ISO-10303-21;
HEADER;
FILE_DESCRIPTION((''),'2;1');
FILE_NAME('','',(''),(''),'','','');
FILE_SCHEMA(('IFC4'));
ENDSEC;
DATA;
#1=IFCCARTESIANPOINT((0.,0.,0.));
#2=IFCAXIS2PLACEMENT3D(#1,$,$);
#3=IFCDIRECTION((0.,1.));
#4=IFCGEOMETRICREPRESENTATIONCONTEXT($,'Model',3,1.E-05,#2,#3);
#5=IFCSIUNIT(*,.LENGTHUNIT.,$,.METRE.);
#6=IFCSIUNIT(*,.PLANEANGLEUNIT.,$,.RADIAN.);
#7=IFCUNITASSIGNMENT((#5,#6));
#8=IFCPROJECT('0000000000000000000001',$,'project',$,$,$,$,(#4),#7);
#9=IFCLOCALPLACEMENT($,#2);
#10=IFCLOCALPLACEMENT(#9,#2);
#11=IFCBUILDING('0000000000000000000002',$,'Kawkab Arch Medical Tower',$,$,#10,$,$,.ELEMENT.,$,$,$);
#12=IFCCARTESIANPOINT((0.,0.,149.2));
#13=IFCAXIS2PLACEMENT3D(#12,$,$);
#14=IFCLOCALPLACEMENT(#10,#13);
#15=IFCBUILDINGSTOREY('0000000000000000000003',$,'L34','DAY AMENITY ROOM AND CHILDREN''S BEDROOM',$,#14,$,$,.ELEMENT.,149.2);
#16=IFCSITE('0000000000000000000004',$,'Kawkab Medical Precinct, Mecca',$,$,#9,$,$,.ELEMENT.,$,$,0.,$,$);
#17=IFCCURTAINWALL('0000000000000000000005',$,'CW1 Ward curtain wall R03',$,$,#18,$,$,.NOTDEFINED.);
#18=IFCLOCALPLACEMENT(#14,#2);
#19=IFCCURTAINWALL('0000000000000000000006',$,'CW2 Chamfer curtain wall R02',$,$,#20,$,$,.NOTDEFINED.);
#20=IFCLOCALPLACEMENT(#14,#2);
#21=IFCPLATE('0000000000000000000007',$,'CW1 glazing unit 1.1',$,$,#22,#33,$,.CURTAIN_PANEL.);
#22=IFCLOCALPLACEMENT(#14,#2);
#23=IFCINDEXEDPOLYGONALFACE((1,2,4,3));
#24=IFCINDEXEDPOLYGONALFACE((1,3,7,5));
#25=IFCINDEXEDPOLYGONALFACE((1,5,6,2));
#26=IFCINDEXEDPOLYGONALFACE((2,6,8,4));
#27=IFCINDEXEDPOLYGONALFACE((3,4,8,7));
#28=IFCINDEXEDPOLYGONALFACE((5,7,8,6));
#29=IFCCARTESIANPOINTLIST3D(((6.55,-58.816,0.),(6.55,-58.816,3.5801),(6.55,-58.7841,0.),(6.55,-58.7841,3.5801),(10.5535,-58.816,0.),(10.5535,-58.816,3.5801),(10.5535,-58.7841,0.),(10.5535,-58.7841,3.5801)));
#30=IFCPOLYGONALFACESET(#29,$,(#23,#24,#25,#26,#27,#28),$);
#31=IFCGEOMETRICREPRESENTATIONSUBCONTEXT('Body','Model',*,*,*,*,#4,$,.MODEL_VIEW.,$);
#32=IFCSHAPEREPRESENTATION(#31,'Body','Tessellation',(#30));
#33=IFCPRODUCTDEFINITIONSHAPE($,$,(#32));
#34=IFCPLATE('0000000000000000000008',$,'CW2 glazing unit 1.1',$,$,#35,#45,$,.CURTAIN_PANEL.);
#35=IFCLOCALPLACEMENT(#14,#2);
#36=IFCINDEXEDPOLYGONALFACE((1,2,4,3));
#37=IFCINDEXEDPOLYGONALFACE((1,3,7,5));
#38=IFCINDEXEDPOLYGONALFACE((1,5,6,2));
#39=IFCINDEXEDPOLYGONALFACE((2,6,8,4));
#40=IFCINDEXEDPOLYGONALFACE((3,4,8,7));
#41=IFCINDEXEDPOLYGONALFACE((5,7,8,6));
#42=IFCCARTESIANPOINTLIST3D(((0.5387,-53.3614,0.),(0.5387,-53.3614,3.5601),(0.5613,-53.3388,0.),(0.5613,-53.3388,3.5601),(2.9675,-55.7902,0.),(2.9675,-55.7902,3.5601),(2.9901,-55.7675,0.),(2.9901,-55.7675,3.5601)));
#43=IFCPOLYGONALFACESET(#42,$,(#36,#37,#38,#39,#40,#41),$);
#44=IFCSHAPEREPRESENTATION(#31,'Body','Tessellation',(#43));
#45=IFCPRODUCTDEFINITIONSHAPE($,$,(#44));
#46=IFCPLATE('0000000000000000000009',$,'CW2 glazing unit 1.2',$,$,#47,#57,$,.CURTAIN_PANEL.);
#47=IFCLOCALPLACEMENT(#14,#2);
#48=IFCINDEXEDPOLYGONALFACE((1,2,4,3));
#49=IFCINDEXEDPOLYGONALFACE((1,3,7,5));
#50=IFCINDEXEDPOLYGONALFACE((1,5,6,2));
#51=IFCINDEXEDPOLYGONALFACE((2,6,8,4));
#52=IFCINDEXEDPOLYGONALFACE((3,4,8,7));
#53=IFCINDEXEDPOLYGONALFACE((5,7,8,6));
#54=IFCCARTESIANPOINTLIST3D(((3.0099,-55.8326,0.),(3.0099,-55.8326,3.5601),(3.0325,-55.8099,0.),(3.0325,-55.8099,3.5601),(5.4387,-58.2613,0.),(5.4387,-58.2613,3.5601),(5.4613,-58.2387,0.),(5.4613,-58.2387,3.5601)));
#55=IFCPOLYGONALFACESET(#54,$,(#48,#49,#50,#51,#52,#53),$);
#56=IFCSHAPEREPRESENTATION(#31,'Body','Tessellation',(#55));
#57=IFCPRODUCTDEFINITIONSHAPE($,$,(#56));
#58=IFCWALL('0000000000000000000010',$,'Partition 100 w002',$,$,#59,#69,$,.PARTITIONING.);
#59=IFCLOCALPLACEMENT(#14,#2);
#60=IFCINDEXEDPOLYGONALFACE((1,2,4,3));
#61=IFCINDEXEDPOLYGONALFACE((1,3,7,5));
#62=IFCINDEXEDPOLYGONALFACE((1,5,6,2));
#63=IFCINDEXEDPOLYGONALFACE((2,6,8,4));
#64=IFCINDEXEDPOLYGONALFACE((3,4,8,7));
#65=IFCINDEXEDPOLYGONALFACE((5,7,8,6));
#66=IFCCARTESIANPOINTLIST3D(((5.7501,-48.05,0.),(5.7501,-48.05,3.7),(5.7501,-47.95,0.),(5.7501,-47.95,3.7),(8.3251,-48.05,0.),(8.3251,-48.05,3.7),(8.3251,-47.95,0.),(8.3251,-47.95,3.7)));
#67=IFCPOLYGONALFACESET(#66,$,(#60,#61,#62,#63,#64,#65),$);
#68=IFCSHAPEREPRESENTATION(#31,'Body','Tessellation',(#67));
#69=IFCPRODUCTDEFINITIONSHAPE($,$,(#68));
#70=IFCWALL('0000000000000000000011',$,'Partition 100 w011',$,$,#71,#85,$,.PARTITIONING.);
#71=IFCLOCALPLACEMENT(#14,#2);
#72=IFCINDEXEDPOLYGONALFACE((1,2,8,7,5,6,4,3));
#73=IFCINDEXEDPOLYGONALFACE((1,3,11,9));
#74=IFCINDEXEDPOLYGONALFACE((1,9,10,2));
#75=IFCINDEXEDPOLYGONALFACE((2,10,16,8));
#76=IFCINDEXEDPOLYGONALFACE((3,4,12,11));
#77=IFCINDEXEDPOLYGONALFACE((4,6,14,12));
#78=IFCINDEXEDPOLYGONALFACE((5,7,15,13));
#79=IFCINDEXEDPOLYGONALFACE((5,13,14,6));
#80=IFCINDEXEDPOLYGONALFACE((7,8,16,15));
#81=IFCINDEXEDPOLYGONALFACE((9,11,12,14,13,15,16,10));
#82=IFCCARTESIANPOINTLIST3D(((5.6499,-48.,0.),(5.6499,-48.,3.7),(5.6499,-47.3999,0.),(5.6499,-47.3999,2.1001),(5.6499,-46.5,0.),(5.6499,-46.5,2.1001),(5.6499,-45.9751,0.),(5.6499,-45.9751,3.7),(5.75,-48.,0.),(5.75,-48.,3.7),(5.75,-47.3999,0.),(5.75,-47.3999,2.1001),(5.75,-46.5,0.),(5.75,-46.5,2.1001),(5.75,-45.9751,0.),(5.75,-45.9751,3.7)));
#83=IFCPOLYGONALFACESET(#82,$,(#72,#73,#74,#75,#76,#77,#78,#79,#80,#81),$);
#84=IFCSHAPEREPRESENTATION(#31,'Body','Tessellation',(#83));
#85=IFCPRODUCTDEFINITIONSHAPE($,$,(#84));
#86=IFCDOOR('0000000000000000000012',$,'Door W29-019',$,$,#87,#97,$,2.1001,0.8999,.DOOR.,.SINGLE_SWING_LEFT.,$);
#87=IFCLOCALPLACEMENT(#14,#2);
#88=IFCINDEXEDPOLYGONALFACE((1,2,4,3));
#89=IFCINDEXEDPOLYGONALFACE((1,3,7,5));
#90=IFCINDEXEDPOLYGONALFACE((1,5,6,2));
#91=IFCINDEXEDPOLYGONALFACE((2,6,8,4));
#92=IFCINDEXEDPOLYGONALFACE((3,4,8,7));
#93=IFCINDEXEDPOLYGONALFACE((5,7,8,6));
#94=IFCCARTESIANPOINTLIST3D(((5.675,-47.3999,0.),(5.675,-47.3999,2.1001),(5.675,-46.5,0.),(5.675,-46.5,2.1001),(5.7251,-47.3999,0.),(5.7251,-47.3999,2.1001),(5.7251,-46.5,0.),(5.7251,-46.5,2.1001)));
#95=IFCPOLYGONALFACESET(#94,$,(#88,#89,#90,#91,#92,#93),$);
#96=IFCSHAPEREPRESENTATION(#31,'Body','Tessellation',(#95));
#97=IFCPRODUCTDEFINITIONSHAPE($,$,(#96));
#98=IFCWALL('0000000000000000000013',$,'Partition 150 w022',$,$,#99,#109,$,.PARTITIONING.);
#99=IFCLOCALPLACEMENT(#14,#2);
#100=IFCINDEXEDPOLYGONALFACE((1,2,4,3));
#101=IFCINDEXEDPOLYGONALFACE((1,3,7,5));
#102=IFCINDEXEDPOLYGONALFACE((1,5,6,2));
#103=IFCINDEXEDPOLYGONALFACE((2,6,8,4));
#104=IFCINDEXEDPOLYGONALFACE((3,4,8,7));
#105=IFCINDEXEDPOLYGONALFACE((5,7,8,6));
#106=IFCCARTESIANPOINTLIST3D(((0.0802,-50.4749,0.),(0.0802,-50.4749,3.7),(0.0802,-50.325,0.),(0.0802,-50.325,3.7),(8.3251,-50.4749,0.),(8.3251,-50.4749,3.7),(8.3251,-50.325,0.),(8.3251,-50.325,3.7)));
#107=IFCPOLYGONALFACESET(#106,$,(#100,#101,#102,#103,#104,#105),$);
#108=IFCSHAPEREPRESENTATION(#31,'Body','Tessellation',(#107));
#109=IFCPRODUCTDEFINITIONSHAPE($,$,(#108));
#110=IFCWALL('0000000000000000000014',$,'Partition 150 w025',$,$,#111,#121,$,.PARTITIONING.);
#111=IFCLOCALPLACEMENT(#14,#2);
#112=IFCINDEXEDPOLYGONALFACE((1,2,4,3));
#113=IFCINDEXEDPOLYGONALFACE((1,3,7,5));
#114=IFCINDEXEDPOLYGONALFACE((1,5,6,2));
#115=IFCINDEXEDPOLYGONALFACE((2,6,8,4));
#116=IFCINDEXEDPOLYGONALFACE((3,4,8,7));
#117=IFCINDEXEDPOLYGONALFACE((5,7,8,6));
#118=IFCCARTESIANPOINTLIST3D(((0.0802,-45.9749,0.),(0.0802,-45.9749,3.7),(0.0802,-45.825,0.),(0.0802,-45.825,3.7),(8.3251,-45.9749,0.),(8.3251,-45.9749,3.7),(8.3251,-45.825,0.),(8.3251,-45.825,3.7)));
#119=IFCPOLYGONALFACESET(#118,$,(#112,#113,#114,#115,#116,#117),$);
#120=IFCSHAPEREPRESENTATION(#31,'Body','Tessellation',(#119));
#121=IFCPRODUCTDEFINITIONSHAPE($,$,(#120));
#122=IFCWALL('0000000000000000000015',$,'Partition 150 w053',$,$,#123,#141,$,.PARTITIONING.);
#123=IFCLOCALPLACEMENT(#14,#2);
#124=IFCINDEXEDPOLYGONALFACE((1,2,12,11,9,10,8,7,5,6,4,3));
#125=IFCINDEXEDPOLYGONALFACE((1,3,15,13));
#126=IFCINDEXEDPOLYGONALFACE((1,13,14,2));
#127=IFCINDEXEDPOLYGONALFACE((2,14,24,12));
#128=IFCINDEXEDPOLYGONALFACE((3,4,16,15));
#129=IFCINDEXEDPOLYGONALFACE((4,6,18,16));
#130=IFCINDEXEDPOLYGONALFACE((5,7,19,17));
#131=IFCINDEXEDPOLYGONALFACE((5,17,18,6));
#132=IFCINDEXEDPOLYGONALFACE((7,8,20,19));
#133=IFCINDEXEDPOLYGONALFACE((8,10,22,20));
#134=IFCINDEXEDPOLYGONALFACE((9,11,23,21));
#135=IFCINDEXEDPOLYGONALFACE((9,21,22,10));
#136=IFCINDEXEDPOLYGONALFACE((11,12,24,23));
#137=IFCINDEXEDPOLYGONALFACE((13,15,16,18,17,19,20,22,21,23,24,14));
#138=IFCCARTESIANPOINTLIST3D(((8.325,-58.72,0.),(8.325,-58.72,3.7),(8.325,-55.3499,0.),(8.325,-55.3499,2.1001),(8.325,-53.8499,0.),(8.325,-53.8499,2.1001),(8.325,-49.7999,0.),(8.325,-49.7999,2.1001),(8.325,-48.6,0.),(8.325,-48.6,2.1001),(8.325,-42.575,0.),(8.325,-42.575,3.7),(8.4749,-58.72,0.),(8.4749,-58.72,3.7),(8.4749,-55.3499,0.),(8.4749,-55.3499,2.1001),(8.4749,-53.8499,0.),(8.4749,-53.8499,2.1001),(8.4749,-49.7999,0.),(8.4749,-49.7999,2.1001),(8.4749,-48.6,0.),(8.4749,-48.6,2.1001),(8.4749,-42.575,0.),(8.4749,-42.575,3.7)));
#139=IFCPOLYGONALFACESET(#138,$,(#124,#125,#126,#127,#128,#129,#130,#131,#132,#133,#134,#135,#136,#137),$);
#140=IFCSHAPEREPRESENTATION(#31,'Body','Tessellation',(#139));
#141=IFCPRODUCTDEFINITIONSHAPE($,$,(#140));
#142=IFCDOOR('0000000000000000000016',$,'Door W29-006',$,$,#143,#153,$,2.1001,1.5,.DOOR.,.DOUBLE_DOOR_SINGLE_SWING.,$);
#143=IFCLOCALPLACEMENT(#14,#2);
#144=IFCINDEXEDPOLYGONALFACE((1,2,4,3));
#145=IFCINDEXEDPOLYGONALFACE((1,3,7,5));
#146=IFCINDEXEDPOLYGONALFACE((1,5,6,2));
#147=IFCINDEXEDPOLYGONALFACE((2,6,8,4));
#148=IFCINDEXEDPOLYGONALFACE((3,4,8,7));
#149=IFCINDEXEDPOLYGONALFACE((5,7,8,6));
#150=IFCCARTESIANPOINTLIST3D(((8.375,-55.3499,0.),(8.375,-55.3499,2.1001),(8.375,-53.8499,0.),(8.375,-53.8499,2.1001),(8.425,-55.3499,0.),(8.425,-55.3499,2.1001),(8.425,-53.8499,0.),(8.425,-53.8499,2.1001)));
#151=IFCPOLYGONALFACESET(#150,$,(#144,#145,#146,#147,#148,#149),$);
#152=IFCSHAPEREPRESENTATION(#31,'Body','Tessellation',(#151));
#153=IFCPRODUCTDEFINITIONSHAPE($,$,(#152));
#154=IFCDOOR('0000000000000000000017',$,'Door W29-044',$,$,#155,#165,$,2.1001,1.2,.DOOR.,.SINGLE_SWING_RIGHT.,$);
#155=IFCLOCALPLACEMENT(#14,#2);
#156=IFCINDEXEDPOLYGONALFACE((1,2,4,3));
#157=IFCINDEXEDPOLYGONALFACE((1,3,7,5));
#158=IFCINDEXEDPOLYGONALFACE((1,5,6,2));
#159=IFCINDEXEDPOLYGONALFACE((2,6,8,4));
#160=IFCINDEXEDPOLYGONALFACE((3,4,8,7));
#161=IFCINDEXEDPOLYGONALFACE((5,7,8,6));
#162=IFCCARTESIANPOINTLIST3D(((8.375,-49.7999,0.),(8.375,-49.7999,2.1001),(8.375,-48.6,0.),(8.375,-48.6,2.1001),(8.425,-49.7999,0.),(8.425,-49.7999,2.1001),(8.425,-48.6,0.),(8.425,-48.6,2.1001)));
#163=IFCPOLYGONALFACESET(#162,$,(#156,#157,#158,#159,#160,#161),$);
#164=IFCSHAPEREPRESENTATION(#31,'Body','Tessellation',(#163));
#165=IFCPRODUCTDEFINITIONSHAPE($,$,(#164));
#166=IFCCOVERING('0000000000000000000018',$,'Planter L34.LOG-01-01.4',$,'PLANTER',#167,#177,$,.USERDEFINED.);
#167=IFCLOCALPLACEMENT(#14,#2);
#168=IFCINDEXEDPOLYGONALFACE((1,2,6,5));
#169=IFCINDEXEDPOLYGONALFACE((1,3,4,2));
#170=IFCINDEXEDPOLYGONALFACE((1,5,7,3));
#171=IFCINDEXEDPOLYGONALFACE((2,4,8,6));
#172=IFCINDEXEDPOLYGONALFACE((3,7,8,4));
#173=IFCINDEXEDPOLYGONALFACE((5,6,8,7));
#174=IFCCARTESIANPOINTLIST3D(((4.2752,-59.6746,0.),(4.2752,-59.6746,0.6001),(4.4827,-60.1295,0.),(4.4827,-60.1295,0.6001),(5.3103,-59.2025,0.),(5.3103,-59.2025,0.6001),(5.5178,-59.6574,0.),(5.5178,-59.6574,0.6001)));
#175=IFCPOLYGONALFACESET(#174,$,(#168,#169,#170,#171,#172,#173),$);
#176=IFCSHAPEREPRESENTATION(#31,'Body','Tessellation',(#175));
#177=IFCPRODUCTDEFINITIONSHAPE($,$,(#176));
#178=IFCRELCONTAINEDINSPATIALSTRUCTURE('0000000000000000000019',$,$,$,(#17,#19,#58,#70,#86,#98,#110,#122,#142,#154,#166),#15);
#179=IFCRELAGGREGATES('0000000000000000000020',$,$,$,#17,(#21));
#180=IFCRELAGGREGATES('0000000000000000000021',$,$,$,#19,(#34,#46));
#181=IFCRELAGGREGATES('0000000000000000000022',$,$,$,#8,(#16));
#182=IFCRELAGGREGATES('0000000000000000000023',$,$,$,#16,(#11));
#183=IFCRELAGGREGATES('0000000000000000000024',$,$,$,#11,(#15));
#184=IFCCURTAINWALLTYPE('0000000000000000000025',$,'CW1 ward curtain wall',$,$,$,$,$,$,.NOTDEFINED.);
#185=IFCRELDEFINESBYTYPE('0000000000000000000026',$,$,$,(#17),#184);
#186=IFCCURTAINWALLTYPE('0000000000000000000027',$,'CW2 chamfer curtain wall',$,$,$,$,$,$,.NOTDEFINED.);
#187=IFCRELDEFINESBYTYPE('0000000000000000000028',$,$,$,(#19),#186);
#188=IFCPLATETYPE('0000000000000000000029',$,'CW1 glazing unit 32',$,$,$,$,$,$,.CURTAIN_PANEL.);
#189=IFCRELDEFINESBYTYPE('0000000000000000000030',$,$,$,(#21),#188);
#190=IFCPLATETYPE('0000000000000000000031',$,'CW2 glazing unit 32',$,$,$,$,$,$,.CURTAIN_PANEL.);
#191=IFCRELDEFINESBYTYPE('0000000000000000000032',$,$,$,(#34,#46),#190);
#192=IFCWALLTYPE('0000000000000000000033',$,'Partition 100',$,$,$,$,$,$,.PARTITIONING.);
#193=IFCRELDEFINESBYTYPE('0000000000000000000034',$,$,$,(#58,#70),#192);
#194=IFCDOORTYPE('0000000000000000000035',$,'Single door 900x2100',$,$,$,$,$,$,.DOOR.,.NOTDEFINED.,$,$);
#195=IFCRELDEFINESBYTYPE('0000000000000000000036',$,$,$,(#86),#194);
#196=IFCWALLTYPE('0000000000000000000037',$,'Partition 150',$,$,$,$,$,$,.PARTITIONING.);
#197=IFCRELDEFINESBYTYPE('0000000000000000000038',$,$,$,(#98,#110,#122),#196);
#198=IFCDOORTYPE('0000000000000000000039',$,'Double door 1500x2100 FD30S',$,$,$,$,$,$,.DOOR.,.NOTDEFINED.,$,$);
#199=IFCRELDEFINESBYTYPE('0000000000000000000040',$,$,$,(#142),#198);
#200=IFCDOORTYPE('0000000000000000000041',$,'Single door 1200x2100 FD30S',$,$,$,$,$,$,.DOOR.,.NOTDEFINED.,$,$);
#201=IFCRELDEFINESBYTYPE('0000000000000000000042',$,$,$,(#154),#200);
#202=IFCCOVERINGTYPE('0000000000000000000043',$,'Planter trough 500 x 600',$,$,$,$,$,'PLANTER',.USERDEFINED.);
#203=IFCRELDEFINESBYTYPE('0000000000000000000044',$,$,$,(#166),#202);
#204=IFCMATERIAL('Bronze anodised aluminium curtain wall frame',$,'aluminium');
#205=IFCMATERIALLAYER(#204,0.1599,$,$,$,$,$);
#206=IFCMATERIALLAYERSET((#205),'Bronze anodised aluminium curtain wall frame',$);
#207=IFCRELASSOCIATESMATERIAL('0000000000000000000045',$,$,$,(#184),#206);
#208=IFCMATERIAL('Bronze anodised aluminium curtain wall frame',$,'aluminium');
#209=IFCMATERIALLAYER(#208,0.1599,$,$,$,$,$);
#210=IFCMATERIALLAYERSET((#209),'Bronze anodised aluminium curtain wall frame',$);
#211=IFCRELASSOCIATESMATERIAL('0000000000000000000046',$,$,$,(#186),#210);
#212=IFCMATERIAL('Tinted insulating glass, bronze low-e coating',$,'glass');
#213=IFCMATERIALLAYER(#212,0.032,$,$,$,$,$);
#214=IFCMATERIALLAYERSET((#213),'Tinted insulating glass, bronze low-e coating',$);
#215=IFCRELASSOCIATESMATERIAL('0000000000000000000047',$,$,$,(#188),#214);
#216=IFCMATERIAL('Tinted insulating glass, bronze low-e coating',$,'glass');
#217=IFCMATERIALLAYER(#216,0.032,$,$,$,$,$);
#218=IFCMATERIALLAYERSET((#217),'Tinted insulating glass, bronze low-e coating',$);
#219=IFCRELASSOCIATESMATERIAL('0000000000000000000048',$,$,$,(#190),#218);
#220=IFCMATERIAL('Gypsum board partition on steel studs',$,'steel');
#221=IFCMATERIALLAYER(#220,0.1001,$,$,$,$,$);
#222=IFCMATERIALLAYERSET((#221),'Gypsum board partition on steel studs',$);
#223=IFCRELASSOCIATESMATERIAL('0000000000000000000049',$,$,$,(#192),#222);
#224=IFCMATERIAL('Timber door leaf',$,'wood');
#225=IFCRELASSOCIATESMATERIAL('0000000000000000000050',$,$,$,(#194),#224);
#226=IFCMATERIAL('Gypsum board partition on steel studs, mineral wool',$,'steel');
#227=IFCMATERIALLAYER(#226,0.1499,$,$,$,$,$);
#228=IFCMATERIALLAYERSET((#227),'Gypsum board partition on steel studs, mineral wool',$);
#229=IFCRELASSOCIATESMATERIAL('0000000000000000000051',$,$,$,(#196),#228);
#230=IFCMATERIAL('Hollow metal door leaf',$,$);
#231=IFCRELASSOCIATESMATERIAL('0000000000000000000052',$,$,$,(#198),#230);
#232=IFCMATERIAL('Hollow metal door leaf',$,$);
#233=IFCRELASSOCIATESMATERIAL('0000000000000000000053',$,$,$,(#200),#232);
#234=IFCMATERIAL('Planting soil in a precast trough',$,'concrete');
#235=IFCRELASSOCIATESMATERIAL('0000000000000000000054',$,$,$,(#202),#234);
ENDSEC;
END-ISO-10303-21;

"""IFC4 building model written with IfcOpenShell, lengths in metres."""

from ifc_helpers import new_model, si_unit, direction, frame, frame_2d, origin, origin_2d, place, context, subcontext, project, spatial, rectangle, extrude, material, layer, layer_set, material_profile, profile_set, type_object, element, fill, aggregate, save


model = new_model("IFC4")

# Units and contexts
model_context = context("Model", 3, precision=1e-05, world=origin(), true_north=direction((0.0, 1.0)))
body_context = subcontext(model_context, "Body", "Model", "MODEL_VIEW")
ifc_project = project(units=[si_unit("LENGTHUNIT", "METRE"), si_unit("PLANEANGLEUNIT", "RADIAN")], contexts=[model_context])

# Site, building, storey
site_placement = place(None, origin())
site = spatial("IfcSite", under=ifc_project, at=site_placement, Name="Kawkab Medical Precinct, Mecca", CompositionType="ELEMENT", RefElevation=0.0)
building_placement = place(site_placement, origin())
building = spatial("IfcBuilding", under=site, at=building_placement, Name="Kawkab Arch Medical Tower", CompositionType="ELEMENT")
storey_placement = place(building_placement, frame((0.0, 0.0, 149.2)))
storey = spatial("IfcBuildingStorey", under=building, at=storey_placement, Name="L34", Description="DAY AMENITY ROOM AND CHILDREN'S BEDROOM", CompositionType="ELEMENT", Elevation=149.2)

# Shared definitions
ifc_material_1 = material(Name="Bronze anodised aluminium curtain wall frame", Category="aluminium")
ifc_layer_1 = layer(ifc_material_1, 0.1599)
ifc_layer_set_1 = layer_set([ifc_layer_1], Name="Bronze anodised aluminium curtain wall frame")
curtain_wall_type_1 = type_object("IfcCurtainWallType", Name="CW1 ward curtain wall", PredefinedType="NOTDEFINED", material=ifc_layer_set_1)
placement = place(storey_placement, origin())

# Curtain wall
curtain_wall_1 = element("IfcCurtainWall", 1, at=placement, inside=storey, type_object=curtain_wall_type_1, Name="CW1 Ward curtain wall R03", PredefinedType="NOTDEFINED")

# Curtain wall
ifc_material_2 = material(Name="Bronze anodised aluminium curtain wall frame", Category="aluminium")
ifc_layer_2 = layer(ifc_material_2, 0.1599)
ifc_layer_set_2 = layer_set([ifc_layer_2], Name="Bronze anodised aluminium curtain wall frame")
curtain_wall_type_2 = type_object("IfcCurtainWallType", Name="CW2 chamfer curtain wall", PredefinedType="NOTDEFINED", material=ifc_layer_set_2)
curtain_wall_2 = element("IfcCurtainWall", 2, at=placement, inside=storey, type_object=curtain_wall_type_2, Name="CW2 Chamfer curtain wall R02", PredefinedType="NOTDEFINED")

# Plates
ifc_material_3 = material(Name="Tinted insulating glass, bronze low-e coating", Category="glass")
ifc_layer_3 = layer(ifc_material_3, 0.032)
ifc_layer_set_3 = layer_set([ifc_layer_3], Name="Tinted insulating glass, bronze low-e coating")
plate_type_1 = type_object("IfcPlateType", Name="CW1 glazing unit 32", PredefinedType="CURTAIN_PANEL", material=ifc_layer_set_3)
plate_1_placement = place(storey_placement, frame((8.5518, -58.8, 0.0), z_axis=(0.0, 0.0, 1.0), x_axis=(1.0, 0.0, 0.0)))
plate_1 = element("IfcPlate", 3, at=plate_1_placement, type_object=plate_type_1, Name="CW1 glazing unit 1.1", PredefinedType="CURTAIN_PANEL", context=body_context, shape_type="SweptSolid", body=[
    extrude(rectangle(XDim=4.0034, YDim=0.032, at=origin_2d()), origin(), (0.0, 0.0, 1.0), 3.5801),
])
aggregate(curtain_wall_1, [plate_1])
ifc_material_4 = material(Name="Tinted insulating glass, bronze low-e coating", Category="glass")
ifc_layer_4 = layer(ifc_material_4, 0.032)
ifc_layer_set_4 = layer_set([ifc_layer_4], Name="Tinted insulating glass, bronze low-e coating")
plate_type_2 = type_object("IfcPlateType", Name="CW2 glazing unit 32", PredefinedType="CURTAIN_PANEL", material=ifc_layer_set_4)
plate_2_placement = place(storey_placement, frame((1.7644, -54.5645, 0.0), z_axis=(0.0, 0.0, 1.0), x_axis=(0.707107, -0.707107, 0.0)))
plate_2 = element("IfcPlate", 4, at=plate_2_placement, type_object=plate_type_2, Name="CW2 glazing unit 1.1", PredefinedType="CURTAIN_PANEL", context=body_context, shape_type="SweptSolid", body=[
    extrude(rectangle(XDim=3.4348, YDim=0.032, at=origin_2d()), origin(), (0.0, 0.0, 1.0), 3.5601),
])
plate_3_placement = place(storey_placement, frame((4.2356, -57.0356, 0.0), z_axis=(0.0, 0.0, 1.0), x_axis=(0.707107, -0.707107, 0.0)))
plate_3 = element("IfcPlate", 5, at=plate_3_placement, type_object=plate_type_2, Name="CW2 glazing unit 1.2", PredefinedType="CURTAIN_PANEL", context=body_context, shape_type="SweptSolid", body=[
    extrude(rectangle(XDim=3.4348, YDim=0.032, at=origin_2d()), origin(), (0.0, 0.0, 1.0), 3.5601),
])
aggregate(curtain_wall_2, [plate_2, plate_3])

# Wall
ifc_material_5 = material(Name="Gypsum board partition on steel studs", Category="steel")
ifc_layer_5 = layer(ifc_material_5, 0.1001)
ifc_layer_set_5 = layer_set([ifc_layer_5], Name="Gypsum board partition on steel studs")
wall_type_1 = type_object("IfcWallType", Name="Partition 100", PredefinedType="PARTITIONING", material=ifc_layer_set_5)
wall_1_placement = place(storey_placement, frame((5.75, -48.0, 0.0), z_axis=(0.0, 0.0, 1.0), x_axis=(1.0, 0.0, 0.0)))
element("IfcWall", 6, at=wall_1_placement, inside=storey, type_object=wall_type_1, Name="Partition 100 w002", PredefinedType="PARTITIONING", context=body_context, shape_type="SweptSolid", body=[
    extrude(rectangle(XDim=2.575, YDim=0.1001, at=frame_2d((1.2876, 0.0))), origin(), (0.0, 0.0, 1.0), 3.7),
])

# Wall, opening, door
wall_2_placement = place(storey_placement, frame((5.7, -48.0, 0.0), z_axis=(0.0, 0.0, 1.0), x_axis=(0.0, 1.0, 0.0)))
wall_2 = element("IfcWall", 7, at=wall_2_placement, inside=storey, type_object=wall_type_1, Name="Partition 100 w011", PredefinedType="PARTITIONING", context=body_context, shape_type="SweptSolid", body=[
    extrude(rectangle(XDim=2.0249, YDim=0.1001, at=frame_2d((1.0125, 0.0))), origin(), (0.0, 0.0, 1.0), 3.7),
])
opening_1_placement = place(wall_2_placement, frame((0.6001, 0.0, 0.0)))
opening_1 = element("IfcOpeningElement", 8, at=opening_1_placement, cuts=wall_2, PredefinedType="OPENING", context=body_context, shape_type="SweptSolid", body=[
    extrude(rectangle(XDim=0.8999, YDim=2.1001, at=frame_2d((0.45, 1.05))), frame((0.0, 0.0601, 0.0), z_axis=(0.0, -1.0, 0.0), x_axis=(1.0, 0.0, 0.0)), (0.0, 0.0, 1.0), 0.1201),
])
ifc_material_6 = material(Name="Timber door leaf", Category="wood")
door_type_1 = type_object("IfcDoorType", Name="Single door 900x2100", OperationType="NOTDEFINED", PredefinedType="DOOR", material=ifc_material_6)
door_1_placement = place(opening_1_placement, origin())
door_1 = element("IfcDoor", 9, at=door_1_placement, inside=storey, type_object=door_type_1, Name="Door W29-019", OperationType="SINGLE_SWING_LEFT", OverallHeight=2.1001, OverallWidth=0.8999, PredefinedType="DOOR", context=body_context, shape_type="SweptSolid", body=[
    extrude(rectangle(XDim=0.8999, YDim=2.1001, at=frame_2d((0.45, 1.05))), frame((0.0, 0.0249, 0.0), z_axis=(0.0, -1.0, 0.0), x_axis=(1.0, 0.0, 0.0)), (0.0, 0.0, 1.0), 0.05),
])
fill(opening_1, door_1)

# Walls
ifc_material_7 = material(Name="Gypsum board partition on steel studs, mineral wool", Category="steel")
ifc_layer_6 = layer(ifc_material_7, 0.1499)
ifc_layer_set_6 = layer_set([ifc_layer_6], Name="Gypsum board partition on steel studs, mineral wool")
wall_type_2 = type_object("IfcWallType", Name="Partition 150", PredefinedType="PARTITIONING", material=ifc_layer_set_6)
for number, where, z_axis, x_axis, name in (
    (10, (0.0801, -50.3999, 0.0), (0.0, 0.0, 1.0), (1.0, 0.0, 0.0), "Partition 150 w022"),
    (11, (0.0801, -45.8999, 0.0), (0.0, 0.0, 1.0), (1.0, 0.0, 0.0), "Partition 150 w025"),
):
    element("IfcWall", number, at=place(storey_placement, frame(where, z_axis=z_axis, x_axis=x_axis)), inside=storey, type_object=wall_type_2, Name=name, PredefinedType="PARTITIONING", context=body_context, shape_type="SweptSolid", body=[
        extrude(rectangle(XDim=8.2449, YDim=0.1499, at=frame_2d((4.1226, 0.0))), origin(), (0.0, 0.0, 1.0), 3.7),
    ])

# Wall, openings, doors
wall_3_placement = place(storey_placement, frame((8.3999, -58.72, 0.0), z_axis=(0.0, 0.0, 1.0), x_axis=(0.0, 1.0, 0.0)))
wall_3 = element("IfcWall", 12, at=wall_3_placement, inside=storey, type_object=wall_type_2, Name="Partition 150 w053", PredefinedType="PARTITIONING", context=body_context, shape_type="SweptSolid", body=[
    extrude(rectangle(XDim=16.145, YDim=0.1499, at=frame_2d((8.0725, 0.0))), origin(), (0.0, 0.0, 1.0), 3.7),
])
opening_2_placement = place(wall_3_placement, frame((8.9199, 0.0, 0.0)))
opening_2 = element("IfcOpeningElement", 13, at=opening_2_placement, cuts=wall_3, PredefinedType="OPENING", context=body_context, shape_type="SweptSolid", body=[
    extrude(rectangle(XDim=1.2, YDim=2.1001, at=frame_2d((0.6001, 1.05))), frame((0.0, 0.085, 0.0), z_axis=(0.0, -1.0, 0.0), x_axis=(1.0, 0.0, 0.0)), (0.0, 0.0, 1.0), 0.1699),
])
opening_3_placement = place(wall_3_placement, frame((3.3701, 0.0, 0.0)))
opening_3 = element("IfcOpeningElement", 14, at=opening_3_placement, cuts=wall_3, PredefinedType="OPENING", context=body_context, shape_type="SweptSolid", body=[
    extrude(rectangle(XDim=1.5, YDim=2.1001, at=frame_2d((0.75, 1.05))), frame((0.0, 0.085, 0.0), z_axis=(0.0, -1.0, 0.0), x_axis=(1.0, 0.0, 0.0)), (0.0, 0.0, 1.0), 0.1699),
])
ifc_material_8 = material(Name="Hollow metal door leaf")
door_type_2 = type_object("IfcDoorType", Name="Double door 1500x2100 FD30S", OperationType="NOTDEFINED", PredefinedType="DOOR", material=ifc_material_8)
door_2_placement = place(opening_3_placement, origin())
door_2 = element("IfcDoor", 15, at=door_2_placement, inside=storey, type_object=door_type_2, Name="Door W29-006", OperationType="DOUBLE_DOOR_SINGLE_SWING", OverallHeight=2.1001, OverallWidth=1.5, PredefinedType="DOOR", context=body_context, shape_type="SweptSolid", body=[
    extrude(rectangle(XDim=1.5, YDim=2.1001, at=frame_2d((0.75, 1.05))), frame((0.0, 0.0249, 0.0), z_axis=(0.0, -1.0, 0.0), x_axis=(1.0, 0.0, 0.0)), (0.0, 0.0, 1.0), 0.05),
])
fill(opening_3, door_2)
ifc_material_9 = material(Name="Hollow metal door leaf")
door_type_3 = type_object("IfcDoorType", Name="Single door 1200x2100 FD30S", OperationType="NOTDEFINED", PredefinedType="DOOR", material=ifc_material_9)
door_3_placement = place(opening_2_placement, origin())
door_3 = element("IfcDoor", 16, at=door_3_placement, inside=storey, type_object=door_type_3, Name="Door W29-044", OperationType="SINGLE_SWING_RIGHT", OverallHeight=2.1001, OverallWidth=1.2, PredefinedType="DOOR", context=body_context, shape_type="SweptSolid", body=[
    extrude(rectangle(XDim=1.2, YDim=2.1001, at=frame_2d((0.6001, 1.05))), frame((0.0, 0.0249, 0.0), z_axis=(0.0, -1.0, 0.0), x_axis=(1.0, 0.0, 0.0)), (0.0, 0.0, 1.0), 0.05),
])
fill(opening_2, door_3)

# Covering
ifc_material_10 = material(Name="Planting soil in a precast trough", Category="concrete")
ifc_material_profile_1 = material_profile(ifc_material_10, rectangle(XDim=0.5, YDim=0.6001, at=origin_2d()), Name="Trough 500x600")
ifc_profile_set_1 = profile_set([ifc_material_profile_1], Name="Planting soil in a precast trough")
covering_type = type_object("IfcCoveringType", Name="Planter trough 500 x 600", ElementType="PLANTER", PredefinedType="USERDEFINED", material=ifc_profile_set_1)
covering_1_placement = place(storey_placement, frame((5.4141, -59.4299, 0.3), z_axis=(-0.909822, -0.414999, 0.0), x_axis=(0.414999, -0.909822, 0.0)))
element("IfcCovering", 17, at=covering_1_placement, inside=storey, type_object=covering_type, Name="Planter L34.LOG-01-01.4", ObjectType="PLANTER", PredefinedType="USERDEFINED", context=body_context, shape_type="SweptSolid", body=[
    extrude(rectangle(XDim=0.5, YDim=0.6001, at=origin_2d()), origin(), (0.0, 0.0, 1.0), 1.1377),
])

save(model, "model.ifc")
